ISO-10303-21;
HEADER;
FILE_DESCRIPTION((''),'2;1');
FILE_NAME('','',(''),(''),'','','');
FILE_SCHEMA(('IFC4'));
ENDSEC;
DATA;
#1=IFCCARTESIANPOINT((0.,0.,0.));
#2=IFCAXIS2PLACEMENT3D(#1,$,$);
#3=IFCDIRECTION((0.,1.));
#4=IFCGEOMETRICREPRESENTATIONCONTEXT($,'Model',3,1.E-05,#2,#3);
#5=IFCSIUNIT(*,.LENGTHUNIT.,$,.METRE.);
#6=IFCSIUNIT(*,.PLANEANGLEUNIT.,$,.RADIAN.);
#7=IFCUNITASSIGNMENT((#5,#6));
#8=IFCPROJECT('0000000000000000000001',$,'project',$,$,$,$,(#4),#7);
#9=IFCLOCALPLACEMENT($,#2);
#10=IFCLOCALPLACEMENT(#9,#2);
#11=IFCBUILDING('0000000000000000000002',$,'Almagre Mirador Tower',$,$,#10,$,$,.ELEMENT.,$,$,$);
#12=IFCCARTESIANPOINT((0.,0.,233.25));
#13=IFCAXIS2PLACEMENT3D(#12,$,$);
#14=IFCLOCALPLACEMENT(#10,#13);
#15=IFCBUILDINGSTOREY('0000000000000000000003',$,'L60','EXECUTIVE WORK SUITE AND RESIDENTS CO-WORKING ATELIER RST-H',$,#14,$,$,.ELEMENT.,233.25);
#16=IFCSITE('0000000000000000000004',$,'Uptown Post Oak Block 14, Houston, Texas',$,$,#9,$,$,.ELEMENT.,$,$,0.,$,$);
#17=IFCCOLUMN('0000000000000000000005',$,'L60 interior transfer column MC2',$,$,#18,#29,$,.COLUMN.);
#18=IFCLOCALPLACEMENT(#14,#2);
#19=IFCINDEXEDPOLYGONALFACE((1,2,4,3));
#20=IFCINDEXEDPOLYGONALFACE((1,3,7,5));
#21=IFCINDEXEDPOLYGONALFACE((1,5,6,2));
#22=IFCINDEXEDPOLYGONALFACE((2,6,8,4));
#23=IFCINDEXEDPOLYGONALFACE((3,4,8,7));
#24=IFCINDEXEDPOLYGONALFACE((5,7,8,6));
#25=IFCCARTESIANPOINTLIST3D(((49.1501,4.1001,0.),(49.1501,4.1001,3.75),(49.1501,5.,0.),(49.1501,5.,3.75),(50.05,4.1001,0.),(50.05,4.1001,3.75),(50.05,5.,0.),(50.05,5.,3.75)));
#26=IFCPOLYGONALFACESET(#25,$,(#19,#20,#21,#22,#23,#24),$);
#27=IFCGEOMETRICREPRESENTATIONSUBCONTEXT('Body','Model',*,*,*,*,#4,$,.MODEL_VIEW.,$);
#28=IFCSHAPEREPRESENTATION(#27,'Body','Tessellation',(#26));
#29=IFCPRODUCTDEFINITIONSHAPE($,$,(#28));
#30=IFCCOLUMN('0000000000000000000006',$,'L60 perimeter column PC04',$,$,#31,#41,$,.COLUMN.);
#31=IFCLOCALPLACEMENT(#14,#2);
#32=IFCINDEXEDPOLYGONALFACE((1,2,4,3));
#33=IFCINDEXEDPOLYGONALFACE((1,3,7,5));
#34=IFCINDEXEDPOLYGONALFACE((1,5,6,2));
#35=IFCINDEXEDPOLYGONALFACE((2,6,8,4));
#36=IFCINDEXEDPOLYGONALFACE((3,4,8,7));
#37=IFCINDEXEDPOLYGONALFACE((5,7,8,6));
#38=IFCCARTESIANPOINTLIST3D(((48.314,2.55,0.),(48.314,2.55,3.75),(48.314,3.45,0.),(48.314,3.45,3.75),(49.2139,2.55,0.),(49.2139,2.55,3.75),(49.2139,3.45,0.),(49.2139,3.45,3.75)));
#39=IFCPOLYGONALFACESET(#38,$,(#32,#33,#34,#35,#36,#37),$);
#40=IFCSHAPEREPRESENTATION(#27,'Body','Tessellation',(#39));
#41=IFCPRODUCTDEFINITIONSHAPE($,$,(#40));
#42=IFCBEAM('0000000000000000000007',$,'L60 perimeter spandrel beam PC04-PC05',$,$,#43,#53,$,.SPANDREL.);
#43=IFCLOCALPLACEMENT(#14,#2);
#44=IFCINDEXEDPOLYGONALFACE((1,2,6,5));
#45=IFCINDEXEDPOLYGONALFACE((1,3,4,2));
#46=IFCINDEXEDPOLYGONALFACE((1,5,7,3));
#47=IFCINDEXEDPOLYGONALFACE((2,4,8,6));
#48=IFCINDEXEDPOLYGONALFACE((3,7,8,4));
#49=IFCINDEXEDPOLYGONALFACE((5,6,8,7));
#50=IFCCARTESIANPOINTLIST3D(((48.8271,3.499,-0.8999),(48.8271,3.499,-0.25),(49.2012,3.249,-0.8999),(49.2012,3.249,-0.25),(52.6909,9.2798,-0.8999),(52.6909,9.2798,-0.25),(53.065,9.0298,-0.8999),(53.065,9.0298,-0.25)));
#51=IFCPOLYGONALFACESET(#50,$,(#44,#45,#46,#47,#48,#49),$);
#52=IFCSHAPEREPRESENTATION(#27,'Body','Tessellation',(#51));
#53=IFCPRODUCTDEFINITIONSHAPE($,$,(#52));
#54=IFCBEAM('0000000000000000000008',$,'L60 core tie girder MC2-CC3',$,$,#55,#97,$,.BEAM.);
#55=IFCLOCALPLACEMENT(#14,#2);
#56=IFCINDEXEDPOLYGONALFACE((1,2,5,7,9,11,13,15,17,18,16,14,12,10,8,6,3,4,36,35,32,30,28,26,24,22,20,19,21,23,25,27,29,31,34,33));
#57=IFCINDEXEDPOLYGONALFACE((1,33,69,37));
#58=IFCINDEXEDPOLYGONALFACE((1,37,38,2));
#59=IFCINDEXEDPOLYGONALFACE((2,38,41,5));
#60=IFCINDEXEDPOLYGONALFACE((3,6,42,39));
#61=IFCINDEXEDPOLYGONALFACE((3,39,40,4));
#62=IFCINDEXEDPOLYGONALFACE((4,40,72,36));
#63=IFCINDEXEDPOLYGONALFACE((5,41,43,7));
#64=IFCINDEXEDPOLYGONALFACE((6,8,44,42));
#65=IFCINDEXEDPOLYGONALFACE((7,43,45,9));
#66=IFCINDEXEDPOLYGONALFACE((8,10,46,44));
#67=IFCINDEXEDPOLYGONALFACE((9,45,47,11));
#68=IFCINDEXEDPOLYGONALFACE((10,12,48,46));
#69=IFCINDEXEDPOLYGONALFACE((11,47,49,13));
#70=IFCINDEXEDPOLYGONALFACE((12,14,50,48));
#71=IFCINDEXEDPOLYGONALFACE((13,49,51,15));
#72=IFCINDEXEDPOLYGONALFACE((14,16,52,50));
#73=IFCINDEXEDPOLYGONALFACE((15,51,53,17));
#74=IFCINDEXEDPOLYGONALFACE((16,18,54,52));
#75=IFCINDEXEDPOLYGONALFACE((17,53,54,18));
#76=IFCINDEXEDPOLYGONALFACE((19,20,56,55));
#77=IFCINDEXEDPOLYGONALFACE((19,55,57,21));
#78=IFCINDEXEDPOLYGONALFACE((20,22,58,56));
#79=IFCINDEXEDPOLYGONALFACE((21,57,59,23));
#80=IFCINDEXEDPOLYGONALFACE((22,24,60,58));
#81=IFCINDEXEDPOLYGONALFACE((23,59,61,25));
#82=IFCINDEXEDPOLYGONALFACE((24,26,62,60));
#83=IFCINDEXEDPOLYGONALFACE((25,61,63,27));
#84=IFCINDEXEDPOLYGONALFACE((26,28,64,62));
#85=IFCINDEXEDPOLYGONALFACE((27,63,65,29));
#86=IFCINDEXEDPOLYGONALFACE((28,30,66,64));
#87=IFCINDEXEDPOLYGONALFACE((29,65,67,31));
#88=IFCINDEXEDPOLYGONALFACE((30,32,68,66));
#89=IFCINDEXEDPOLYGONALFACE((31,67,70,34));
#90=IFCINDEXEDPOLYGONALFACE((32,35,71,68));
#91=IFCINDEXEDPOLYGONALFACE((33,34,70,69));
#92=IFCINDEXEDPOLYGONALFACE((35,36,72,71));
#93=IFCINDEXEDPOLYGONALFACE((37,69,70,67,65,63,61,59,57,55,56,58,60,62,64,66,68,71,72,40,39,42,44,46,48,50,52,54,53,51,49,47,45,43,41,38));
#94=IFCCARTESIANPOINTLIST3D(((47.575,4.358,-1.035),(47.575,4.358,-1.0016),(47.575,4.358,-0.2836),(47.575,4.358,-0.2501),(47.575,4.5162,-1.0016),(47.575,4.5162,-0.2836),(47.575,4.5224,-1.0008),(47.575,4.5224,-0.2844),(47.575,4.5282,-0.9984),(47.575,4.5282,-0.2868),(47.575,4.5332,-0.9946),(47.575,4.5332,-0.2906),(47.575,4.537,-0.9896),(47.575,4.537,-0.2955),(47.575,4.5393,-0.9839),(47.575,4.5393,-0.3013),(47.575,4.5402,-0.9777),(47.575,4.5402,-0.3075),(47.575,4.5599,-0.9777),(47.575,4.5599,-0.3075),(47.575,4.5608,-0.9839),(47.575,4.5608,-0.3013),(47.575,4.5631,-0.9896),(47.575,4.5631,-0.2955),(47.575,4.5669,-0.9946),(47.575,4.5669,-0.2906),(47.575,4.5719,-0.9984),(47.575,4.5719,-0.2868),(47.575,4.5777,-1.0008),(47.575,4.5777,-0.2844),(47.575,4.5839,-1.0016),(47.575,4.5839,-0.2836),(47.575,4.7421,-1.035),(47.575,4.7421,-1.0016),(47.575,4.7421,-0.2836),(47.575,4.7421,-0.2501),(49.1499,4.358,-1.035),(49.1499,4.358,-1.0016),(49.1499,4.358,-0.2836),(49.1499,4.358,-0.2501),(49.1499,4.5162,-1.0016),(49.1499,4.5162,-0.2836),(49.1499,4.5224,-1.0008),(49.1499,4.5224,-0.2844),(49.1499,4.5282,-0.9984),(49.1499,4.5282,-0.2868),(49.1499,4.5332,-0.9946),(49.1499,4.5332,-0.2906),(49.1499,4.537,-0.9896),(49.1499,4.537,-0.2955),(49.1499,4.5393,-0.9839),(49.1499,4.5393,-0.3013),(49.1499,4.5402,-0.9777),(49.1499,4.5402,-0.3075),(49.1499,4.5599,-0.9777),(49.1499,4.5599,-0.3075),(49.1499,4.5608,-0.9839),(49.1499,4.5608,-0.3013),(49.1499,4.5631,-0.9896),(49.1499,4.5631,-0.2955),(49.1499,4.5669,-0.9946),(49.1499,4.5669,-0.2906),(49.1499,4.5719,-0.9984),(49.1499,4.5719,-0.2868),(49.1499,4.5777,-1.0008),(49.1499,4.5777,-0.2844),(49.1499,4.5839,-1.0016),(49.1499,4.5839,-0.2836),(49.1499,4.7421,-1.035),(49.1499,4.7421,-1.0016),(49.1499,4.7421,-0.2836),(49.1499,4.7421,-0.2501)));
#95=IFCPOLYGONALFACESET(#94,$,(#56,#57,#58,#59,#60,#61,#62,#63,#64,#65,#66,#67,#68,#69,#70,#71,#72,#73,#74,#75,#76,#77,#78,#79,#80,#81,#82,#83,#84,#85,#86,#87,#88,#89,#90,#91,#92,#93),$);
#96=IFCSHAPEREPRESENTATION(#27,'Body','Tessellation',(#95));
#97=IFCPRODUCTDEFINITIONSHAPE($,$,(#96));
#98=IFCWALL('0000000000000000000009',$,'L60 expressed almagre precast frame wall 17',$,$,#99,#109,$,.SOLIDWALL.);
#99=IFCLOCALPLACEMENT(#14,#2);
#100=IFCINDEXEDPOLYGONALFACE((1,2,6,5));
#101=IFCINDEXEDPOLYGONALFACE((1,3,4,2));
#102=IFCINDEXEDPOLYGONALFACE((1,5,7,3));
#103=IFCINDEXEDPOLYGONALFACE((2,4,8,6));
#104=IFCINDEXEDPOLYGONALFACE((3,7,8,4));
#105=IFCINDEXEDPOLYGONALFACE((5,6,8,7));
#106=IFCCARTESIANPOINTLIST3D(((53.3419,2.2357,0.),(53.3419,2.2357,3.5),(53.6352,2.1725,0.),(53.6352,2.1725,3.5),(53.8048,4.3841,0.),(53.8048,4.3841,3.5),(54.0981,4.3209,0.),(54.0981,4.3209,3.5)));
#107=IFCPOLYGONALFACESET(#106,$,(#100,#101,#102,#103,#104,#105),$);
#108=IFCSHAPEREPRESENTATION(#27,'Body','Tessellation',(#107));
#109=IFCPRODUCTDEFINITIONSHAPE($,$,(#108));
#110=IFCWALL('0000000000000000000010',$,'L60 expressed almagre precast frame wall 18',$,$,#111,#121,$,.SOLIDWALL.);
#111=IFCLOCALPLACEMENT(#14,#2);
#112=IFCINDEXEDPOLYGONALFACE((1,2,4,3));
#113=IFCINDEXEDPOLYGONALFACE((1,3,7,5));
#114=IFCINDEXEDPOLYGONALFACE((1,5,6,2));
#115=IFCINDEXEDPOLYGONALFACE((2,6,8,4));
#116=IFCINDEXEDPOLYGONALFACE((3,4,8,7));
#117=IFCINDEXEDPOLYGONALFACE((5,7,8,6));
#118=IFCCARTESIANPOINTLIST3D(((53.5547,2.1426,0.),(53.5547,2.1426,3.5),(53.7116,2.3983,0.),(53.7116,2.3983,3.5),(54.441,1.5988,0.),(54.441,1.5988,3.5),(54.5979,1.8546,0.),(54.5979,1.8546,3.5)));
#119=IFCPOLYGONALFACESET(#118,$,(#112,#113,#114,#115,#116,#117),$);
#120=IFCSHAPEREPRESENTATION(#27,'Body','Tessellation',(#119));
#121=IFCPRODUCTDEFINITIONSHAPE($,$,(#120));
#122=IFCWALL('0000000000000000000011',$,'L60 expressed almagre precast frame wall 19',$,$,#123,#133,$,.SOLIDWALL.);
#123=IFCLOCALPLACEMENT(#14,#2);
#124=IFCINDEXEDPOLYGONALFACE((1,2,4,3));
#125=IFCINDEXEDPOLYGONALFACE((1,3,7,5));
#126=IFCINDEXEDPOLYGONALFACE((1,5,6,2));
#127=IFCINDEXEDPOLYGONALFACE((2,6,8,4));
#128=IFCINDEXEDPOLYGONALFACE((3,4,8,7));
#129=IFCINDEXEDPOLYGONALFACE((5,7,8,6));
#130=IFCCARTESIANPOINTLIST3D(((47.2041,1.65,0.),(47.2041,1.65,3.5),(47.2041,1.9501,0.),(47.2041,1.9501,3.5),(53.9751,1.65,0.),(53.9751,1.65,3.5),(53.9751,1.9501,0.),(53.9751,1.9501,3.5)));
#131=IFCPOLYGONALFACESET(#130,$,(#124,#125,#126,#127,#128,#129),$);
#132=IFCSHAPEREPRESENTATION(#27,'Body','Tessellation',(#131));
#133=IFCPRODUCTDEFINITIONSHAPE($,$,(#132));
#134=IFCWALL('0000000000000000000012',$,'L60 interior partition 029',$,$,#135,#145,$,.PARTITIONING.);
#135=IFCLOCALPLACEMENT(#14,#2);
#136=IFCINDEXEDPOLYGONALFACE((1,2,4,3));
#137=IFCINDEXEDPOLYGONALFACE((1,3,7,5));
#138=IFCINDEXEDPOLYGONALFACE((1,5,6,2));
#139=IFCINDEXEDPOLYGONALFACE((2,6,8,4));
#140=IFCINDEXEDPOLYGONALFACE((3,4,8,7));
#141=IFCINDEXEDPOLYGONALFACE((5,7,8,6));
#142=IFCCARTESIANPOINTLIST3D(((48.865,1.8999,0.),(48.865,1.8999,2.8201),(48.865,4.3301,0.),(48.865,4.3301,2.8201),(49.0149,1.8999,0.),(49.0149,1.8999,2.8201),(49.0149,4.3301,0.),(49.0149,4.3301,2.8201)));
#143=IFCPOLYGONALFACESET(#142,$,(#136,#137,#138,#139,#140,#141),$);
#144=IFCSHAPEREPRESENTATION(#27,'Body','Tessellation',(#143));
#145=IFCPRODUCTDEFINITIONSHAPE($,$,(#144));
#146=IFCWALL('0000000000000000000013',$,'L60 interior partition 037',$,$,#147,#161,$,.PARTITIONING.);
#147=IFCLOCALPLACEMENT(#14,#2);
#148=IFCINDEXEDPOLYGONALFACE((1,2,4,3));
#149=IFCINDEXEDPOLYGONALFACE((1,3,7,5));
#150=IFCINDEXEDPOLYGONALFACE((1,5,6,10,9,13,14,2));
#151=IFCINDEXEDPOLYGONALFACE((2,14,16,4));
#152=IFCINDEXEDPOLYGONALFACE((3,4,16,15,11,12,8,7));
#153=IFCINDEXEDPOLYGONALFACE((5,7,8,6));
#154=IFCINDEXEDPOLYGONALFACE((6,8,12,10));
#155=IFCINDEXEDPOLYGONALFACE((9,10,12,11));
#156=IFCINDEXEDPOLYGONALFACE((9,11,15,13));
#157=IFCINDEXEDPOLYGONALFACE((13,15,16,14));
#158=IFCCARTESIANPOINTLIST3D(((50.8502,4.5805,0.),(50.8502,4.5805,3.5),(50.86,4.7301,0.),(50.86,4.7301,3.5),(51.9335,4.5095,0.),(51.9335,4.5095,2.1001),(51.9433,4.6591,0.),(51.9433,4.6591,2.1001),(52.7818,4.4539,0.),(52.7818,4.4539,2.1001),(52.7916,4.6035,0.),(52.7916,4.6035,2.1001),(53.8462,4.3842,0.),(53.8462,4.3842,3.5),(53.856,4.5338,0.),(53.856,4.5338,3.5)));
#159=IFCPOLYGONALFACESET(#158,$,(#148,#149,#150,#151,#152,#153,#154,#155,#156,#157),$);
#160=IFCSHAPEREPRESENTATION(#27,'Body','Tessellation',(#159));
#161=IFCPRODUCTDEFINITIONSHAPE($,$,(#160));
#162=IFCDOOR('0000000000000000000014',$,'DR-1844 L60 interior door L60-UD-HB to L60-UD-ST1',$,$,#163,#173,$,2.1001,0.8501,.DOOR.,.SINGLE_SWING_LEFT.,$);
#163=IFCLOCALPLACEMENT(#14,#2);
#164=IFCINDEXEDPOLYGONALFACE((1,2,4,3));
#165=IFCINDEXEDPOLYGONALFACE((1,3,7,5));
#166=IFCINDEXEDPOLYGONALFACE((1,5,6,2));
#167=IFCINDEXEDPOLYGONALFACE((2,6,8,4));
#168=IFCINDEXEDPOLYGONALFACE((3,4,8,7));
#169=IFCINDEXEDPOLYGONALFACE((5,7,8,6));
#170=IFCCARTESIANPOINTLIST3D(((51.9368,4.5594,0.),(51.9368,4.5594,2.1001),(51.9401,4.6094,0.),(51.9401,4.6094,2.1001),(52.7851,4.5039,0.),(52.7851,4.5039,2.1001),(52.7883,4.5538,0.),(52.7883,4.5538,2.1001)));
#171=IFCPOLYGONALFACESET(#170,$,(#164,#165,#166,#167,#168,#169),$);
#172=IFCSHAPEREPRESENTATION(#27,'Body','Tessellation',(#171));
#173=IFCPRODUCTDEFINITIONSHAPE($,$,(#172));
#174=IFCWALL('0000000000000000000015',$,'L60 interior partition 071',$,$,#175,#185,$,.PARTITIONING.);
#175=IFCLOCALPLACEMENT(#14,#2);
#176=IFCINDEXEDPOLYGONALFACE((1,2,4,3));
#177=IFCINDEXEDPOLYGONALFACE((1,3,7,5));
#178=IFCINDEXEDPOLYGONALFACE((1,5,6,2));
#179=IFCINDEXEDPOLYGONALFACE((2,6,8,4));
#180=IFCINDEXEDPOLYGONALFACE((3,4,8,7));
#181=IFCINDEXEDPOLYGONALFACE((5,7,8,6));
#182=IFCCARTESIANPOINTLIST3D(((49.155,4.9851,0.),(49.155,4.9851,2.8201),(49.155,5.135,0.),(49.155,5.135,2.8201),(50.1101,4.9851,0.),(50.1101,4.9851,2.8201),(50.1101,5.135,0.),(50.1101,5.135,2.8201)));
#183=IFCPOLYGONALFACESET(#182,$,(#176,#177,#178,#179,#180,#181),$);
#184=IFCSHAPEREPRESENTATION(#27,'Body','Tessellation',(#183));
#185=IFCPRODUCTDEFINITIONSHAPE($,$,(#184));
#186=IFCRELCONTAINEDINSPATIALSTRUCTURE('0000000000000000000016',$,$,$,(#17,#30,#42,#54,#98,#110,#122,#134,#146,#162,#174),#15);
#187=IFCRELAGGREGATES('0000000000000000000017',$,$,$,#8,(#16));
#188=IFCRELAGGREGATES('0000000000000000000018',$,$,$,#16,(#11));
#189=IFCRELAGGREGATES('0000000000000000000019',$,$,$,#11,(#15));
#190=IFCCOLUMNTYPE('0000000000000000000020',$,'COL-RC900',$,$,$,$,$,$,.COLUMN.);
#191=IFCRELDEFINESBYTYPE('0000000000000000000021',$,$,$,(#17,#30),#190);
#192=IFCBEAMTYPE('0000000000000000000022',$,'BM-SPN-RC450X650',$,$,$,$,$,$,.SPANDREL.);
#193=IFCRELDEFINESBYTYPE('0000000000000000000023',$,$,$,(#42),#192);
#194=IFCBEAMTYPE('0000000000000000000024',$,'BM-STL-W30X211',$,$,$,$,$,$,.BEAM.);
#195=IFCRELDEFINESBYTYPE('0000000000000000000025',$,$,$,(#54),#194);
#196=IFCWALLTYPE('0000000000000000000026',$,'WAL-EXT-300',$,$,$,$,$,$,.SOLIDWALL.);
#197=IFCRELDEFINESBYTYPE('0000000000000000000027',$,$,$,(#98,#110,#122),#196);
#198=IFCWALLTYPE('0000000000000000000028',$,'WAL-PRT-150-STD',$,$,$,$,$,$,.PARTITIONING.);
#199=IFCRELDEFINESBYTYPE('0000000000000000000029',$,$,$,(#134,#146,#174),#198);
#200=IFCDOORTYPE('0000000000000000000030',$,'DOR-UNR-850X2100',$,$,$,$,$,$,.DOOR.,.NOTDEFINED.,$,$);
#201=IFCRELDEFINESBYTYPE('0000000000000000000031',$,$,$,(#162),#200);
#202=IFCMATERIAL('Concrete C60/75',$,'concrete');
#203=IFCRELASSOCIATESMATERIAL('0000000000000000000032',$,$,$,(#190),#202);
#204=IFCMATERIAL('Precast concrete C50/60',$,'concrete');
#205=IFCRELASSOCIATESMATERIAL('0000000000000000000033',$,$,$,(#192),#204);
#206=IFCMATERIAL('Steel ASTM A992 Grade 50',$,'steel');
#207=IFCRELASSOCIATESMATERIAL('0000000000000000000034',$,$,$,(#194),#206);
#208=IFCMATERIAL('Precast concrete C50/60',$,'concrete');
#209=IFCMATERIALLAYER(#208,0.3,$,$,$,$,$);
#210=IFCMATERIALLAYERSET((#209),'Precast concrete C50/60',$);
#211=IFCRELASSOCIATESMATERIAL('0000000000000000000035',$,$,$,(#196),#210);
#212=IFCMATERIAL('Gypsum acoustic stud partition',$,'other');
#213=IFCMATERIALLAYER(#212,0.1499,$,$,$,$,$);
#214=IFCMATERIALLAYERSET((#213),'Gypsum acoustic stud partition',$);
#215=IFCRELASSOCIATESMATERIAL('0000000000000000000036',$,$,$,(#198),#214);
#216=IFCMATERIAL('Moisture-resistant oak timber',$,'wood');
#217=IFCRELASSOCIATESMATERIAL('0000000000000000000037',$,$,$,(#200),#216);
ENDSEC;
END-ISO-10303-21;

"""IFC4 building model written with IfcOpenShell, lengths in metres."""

from ifc_helpers import new_model, si_unit, direction, frame, frame_2d, origin, origin_2d, place, context, subcontext, project, spatial, rectangle, i_section, extrude, material, layer, layer_set, material_profile, profile_set, type_object, element, fill, save


model = new_model("IFC4")

# Units and contexts
model_context = context("Model", 3, precision=1e-05, world=origin(), true_north=direction((0.0, 1.0)))
body_context = subcontext(model_context, "Body", "Model", "MODEL_VIEW")
ifc_project = project(units=[si_unit("LENGTHUNIT", "METRE"), si_unit("PLANEANGLEUNIT", "RADIAN")], contexts=[model_context])

# Site, building, storey
site_placement = place(None, origin())
site = spatial("IfcSite", under=ifc_project, at=site_placement, Name="Uptown Post Oak Block 14, Houston, Texas", CompositionType="ELEMENT", RefElevation=0.0)
building_placement = place(site_placement, origin())
building = spatial("IfcBuilding", under=site, at=building_placement, Name="Almagre Mirador Tower", CompositionType="ELEMENT")
storey_placement = place(building_placement, frame((0.0, 0.0, 233.25)))
storey = spatial("IfcBuildingStorey", under=building, at=storey_placement, Name="L60", Description="EXECUTIVE WORK SUITE AND RESIDENTS CO-WORKING ATELIER RST-H", CompositionType="ELEMENT", Elevation=233.25)

# Columns
ifc_material_1 = material(Name="Concrete C60/75", Category="concrete")
ifc_material_profile_1 = material_profile(ifc_material_1, rectangle(XDim=0.8999, YDim=0.8999, at=origin_2d()), Name="RC900X900")
ifc_profile_set_1 = profile_set([ifc_material_profile_1], Name="Concrete C60/75")
column_type = type_object("IfcColumnType", Name="COL-RC900", PredefinedType="COLUMN", material=ifc_profile_set_1)
for number, where, z_axis, x_axis, name in (
    (1, (49.6001, 4.55, 0.0), (0.0, 0.0, 1.0), (1.0, 0.0, 0.0), "L60 interior transfer column MC2"),
    (2, (48.7639, 3.0, 0.0), (0.0, 0.0, 1.0), (1.0, 0.0, 0.0), "L60 perimeter column PC04"),
):
    element("IfcColumn", number, at=place(storey_placement, frame(where, z_axis=z_axis, x_axis=x_axis)), inside=storey, type_object=column_type, Name=name, PredefinedType="COLUMN", context=body_context, shape_type="SweptSolid", body=[
        extrude(rectangle(XDim=0.8999, YDim=0.8999, at=origin_2d()), origin(), (0.0, 0.0, 1.0), 3.75),
    ])

# Beams
ifc_material_2 = material(Name="Precast concrete C50/60", Category="concrete")
ifc_material_profile_2 = material_profile(ifc_material_2, rectangle(XDim=0.45, YDim=0.6499, at=origin_2d()), Name="RC450X650")
ifc_profile_set_2 = profile_set([ifc_material_profile_2], Name="Precast concrete C50/60")
beam_type_1 = type_object("IfcBeamType", Name="BM-SPN-RC450X650", PredefinedType="SPANDREL", material=ifc_profile_set_2)
beam_1_placement = place(storey_placement, frame((49.0142, 3.374, -0.575), z_axis=(0.555688, 0.831391, 0.0), x_axis=(-0.831391, 0.555688, 0.0)))
element("IfcBeam", 3, at=beam_1_placement, inside=storey, type_object=beam_type_1, Name="L60 perimeter spandrel beam PC04-PC05", PredefinedType="SPANDREL", context=body_context, shape_type="SweptSolid", body=[
    extrude(rectangle(XDim=0.45, YDim=0.6499, at=origin_2d()), origin(), (0.0, 0.0, 1.0), 6.9531),
])
ifc_material_3 = material(Name="Steel ASTM A992 Grade 50", Category="steel")
ifc_material_profile_3 = material_profile(ifc_material_3, i_section(OverallWidth=0.384, OverallDepth=0.7849, WebThickness=0.0198, FlangeThickness=0.0334, FilletRadius=0.0239, at=origin_2d()), Name="W30X211")
ifc_profile_set_3 = profile_set([ifc_material_profile_3], Name="Steel ASTM A992 Grade 50")
beam_type_2 = type_object("IfcBeamType", Name="BM-STL-W30X211", PredefinedType="BEAM", material=ifc_profile_set_3)
beam_2_placement = place(storey_placement, frame((49.1499, 4.55, -0.6426), z_axis=(-1.0, 0.0, 0.0), x_axis=(0.0, -1.0, 0.0)))
element("IfcBeam", 4, at=beam_2_placement, inside=storey, type_object=beam_type_2, Name="L60 core tie girder MC2-CC3", PredefinedType="BEAM", context=body_context, shape_type="SweptSolid", body=[
    extrude(i_section(OverallWidth=0.384, OverallDepth=0.7849, WebThickness=0.0198, FlangeThickness=0.0334, FilletRadius=0.0239, at=origin_2d()), origin(), (0.0, 0.0, 1.0), 1.575),
])

# Walls
ifc_material_4 = material(Name="Precast concrete C50/60", Category="concrete")
ifc_layer_1 = layer(ifc_material_4, 0.3)
ifc_layer_set_1 = layer_set([ifc_layer_1], Name="Precast concrete C50/60")
wall_type_1 = type_object("IfcWallType", Name="WAL-EXT-300", PredefinedType="SOLIDWALL", material=ifc_layer_set_1)
wall_1_placement = place(storey_placement, frame((53.9514, 4.3525, 0.0), z_axis=(0.0, 0.0, 1.0), x_axis=(-0.210621, -0.977568, 0.0)))
element("IfcWall", 5, at=wall_1_placement, inside=storey, type_object=wall_type_1, Name="L60 expressed almagre precast frame wall 17", PredefinedType="SOLIDWALL", context=body_context, shape_type="SweptSolid", body=[
    extrude(rectangle(XDim=2.1978, YDim=0.3, at=frame_2d((1.0989, 0.0))), origin(), (0.0, 0.0, 1.0), 3.5),
])
wall_2_placement = place(storey_placement, frame((53.6331, 2.2705, 0.0), z_axis=(0.0, 0.0, 1.0), x_axis=(0.852375, -0.522931, 0.0)))
element("IfcWall", 6, at=wall_2_placement, inside=storey, type_object=wall_type_1, Name="L60 expressed almagre precast frame wall 18", PredefinedType="SOLIDWALL", context=body_context, shape_type="SweptSolid", body=[
    extrude(rectangle(XDim=1.0398, YDim=0.3, at=frame_2d((0.52, 0.0))), origin(), (0.0, 0.0, 1.0), 3.5),
])
wall_3_placement = place(storey_placement, frame((53.9751, 1.8, 0.0), z_axis=(0.0, 0.0, 1.0), x_axis=(-1.0, 0.0, 0.0)))
element("IfcWall", 7, at=wall_3_placement, inside=storey, type_object=wall_type_1, Name="L60 expressed almagre precast frame wall 19", PredefinedType="SOLIDWALL", context=body_context, shape_type="SweptSolid", body=[
    extrude(rectangle(XDim=6.771, YDim=0.3, at=frame_2d((3.3855, 0.0))), origin(), (0.0, 0.0, 1.0), 3.5),
])
ifc_material_5 = material(Name="Gypsum acoustic stud partition", Category="other")
ifc_layer_2 = layer(ifc_material_5, 0.1499)
ifc_layer_set_2 = layer_set([ifc_layer_2], Name="Gypsum acoustic stud partition")
wall_type_2 = type_object("IfcWallType", Name="WAL-PRT-150-STD", PredefinedType="PARTITIONING", material=ifc_layer_set_2)
wall_4_placement = place(storey_placement, frame((48.9399, 4.3301, 0.0), z_axis=(0.0, 0.0, 1.0), x_axis=(0.0, -1.0, 0.0)))
element("IfcWall", 8, at=wall_4_placement, inside=storey, type_object=wall_type_2, Name="L60 interior partition 029", PredefinedType="PARTITIONING", context=body_context, shape_type="SweptSolid", body=[
    extrude(rectangle(XDim=2.4302, YDim=0.1499, at=frame_2d((1.2151, 0.0))), origin(), (0.0, 0.0, 1.0), 2.8201),
])

# Wall, opening, door
wall_5_placement = place(storey_placement, frame((53.8511, 4.459, 0.0), z_axis=(0.0, 0.0, 1.0), x_axis=(-0.997861, 0.065375, 0.0)))
wall_5 = element("IfcWall", 9, at=wall_5_placement, inside=storey, type_object=wall_type_2, Name="L60 interior partition 037", PredefinedType="PARTITIONING", context=body_context, shape_type="SweptSolid", body=[
    extrude(rectangle(XDim=3.0024, YDim=0.1499, at=frame_2d((1.5012, 0.0))), origin(), (0.0, 0.0, 1.0), 3.5),
])
opening_placement = place(wall_5_placement, frame((1.0667, 0.0, 0.0)))
opening = element("IfcOpeningElement", 10, at=opening_placement, cuts=wall_5, PredefinedType="OPENING", context=body_context, shape_type="SweptSolid", body=[
    extrude(rectangle(XDim=0.8501, YDim=2.1001, at=frame_2d((0.425, 1.05))), frame((0.0, 0.085, 0.0), z_axis=(0.0, -1.0, 0.0), x_axis=(1.0, 0.0, 0.0)), (0.0, 0.0, 1.0), 0.1699),
])
ifc_material_6 = material(Name="Moisture-resistant oak timber", Category="wood")
door_type = type_object("IfcDoorType", Name="DOR-UNR-850X2100", OperationType="NOTDEFINED", PredefinedType="DOOR", material=ifc_material_6)
door_placement = place(opening_placement, origin())
door = element("IfcDoor", 11, at=door_placement, inside=storey, type_object=door_type, Name="DR-1844 L60 interior door L60-UD-HB to L60-UD-ST1", OperationType="SINGLE_SWING_LEFT", OverallHeight=2.1001, OverallWidth=0.8501, PredefinedType="DOOR", context=body_context, shape_type="SweptSolid", body=[
    extrude(rectangle(XDim=0.8501, YDim=2.1001, at=frame_2d((0.425, 1.05))), frame((0.0, 0.0249, 0.0), z_axis=(0.0, -1.0, 0.0), x_axis=(1.0, 0.0, 0.0)), (0.0, 0.0, 1.0), 0.05),
])
fill(opening, door)

# Wall
wall_6_placement = place(storey_placement, frame((49.155, 5.0601, 0.0), z_axis=(0.0, 0.0, 1.0), x_axis=(1.0, 0.0, 0.0)))
element("IfcWall", 12, at=wall_6_placement, inside=storey, type_object=wall_type_2, Name="L60 interior partition 071", PredefinedType="PARTITIONING", context=body_context, shape_type="SweptSolid", body=[
    extrude(rectangle(XDim=0.9551, YDim=0.1499, at=frame_2d((0.4775, 0.0))), origin(), (0.0, 0.0, 1.0), 2.8201),
])

save(model, "model.ifc")
